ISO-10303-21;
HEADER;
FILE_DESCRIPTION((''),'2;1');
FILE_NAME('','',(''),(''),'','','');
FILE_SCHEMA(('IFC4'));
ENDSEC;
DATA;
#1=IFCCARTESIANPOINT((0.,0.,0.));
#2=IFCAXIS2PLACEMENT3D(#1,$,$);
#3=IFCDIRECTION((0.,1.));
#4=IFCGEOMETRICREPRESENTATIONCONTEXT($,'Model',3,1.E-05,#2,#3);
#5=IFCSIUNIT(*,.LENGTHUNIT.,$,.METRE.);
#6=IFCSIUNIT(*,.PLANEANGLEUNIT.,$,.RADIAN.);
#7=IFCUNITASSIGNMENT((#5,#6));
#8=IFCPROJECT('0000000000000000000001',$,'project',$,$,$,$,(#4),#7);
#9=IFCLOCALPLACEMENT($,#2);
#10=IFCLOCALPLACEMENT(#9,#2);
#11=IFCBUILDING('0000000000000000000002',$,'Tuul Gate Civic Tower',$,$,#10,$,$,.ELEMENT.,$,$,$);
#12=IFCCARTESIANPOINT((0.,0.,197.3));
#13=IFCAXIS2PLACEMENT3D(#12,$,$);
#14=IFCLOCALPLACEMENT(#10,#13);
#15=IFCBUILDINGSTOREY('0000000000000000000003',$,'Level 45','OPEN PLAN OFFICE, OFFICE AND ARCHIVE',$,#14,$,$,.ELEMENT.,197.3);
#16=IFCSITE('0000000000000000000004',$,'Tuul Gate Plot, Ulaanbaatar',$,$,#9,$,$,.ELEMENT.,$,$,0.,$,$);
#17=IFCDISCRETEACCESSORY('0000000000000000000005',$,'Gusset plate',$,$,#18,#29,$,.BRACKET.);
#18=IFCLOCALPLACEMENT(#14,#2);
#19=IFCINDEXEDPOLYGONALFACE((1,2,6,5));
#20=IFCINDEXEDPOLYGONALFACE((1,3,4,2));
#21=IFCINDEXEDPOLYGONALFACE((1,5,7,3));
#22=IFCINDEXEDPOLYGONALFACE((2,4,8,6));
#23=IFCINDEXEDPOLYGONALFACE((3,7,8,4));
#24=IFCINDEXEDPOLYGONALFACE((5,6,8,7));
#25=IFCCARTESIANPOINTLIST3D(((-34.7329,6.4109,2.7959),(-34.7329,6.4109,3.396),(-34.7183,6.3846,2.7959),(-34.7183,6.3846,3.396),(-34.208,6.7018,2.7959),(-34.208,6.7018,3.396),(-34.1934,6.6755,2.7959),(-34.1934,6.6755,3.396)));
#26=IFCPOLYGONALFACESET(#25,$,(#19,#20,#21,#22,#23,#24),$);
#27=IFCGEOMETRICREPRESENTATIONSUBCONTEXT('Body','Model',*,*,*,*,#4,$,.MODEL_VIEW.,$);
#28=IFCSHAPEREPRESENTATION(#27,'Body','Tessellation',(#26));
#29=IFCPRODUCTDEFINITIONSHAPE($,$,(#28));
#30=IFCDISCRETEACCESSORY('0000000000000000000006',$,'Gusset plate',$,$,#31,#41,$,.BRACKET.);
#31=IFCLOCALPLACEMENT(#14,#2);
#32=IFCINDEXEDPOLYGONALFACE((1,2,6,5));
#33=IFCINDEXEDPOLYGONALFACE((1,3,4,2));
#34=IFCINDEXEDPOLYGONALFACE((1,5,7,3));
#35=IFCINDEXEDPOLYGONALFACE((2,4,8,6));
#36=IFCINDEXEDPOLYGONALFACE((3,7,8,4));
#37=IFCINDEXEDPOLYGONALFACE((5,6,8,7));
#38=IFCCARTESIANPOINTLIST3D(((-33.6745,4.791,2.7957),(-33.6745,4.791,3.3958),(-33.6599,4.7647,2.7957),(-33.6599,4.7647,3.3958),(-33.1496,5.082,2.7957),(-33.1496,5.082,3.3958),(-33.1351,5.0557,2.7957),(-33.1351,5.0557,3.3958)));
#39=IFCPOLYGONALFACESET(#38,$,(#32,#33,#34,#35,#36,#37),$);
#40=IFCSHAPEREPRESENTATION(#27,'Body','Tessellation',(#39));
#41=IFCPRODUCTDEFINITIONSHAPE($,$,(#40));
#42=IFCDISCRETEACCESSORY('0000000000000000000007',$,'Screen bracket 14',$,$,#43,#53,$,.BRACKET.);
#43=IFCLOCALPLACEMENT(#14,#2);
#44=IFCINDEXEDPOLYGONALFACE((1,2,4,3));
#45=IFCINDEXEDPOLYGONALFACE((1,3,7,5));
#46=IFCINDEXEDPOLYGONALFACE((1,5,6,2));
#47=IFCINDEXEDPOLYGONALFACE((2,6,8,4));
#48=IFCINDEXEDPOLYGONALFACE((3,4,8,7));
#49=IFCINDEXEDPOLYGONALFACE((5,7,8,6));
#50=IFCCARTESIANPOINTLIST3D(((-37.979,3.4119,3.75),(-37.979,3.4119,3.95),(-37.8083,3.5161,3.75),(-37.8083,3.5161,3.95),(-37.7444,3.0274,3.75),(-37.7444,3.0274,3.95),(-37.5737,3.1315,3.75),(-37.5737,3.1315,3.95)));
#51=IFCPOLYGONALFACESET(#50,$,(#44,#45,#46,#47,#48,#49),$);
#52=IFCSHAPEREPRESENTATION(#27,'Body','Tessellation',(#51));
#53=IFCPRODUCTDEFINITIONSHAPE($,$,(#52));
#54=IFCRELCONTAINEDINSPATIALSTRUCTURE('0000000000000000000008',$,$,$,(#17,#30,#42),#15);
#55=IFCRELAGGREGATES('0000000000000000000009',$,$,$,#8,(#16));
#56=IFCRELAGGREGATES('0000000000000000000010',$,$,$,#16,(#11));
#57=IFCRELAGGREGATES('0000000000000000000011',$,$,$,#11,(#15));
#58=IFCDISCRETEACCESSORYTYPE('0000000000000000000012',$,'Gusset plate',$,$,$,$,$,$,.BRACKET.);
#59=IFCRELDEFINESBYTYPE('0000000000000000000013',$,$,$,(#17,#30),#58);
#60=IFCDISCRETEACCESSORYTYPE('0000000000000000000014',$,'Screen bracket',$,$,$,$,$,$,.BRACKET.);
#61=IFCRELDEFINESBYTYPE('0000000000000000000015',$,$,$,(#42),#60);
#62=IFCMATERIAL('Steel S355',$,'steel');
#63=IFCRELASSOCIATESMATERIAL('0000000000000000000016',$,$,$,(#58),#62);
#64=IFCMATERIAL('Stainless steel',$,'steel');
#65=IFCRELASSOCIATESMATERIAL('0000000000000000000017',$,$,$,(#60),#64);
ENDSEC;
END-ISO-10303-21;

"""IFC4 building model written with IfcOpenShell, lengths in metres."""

from ifc_helpers import new_model, si_unit, direction, frame, origin, origin_2d, place, context, subcontext, project, spatial, rectangle, extrude, material, type_object, element, save


model = new_model("IFC4")

# Units and contexts
model_context = context("Model", 3, precision=1e-05, world=origin(), true_north=direction((0.0, 1.0)))
body_context = subcontext(model_context, "Body", "Model", "MODEL_VIEW")
ifc_project = project(units=[si_unit("LENGTHUNIT", "METRE"), si_unit("PLANEANGLEUNIT", "RADIAN")], contexts=[model_context])

# Site, building, storey
site_placement = place(None, origin())
site = spatial("IfcSite", under=ifc_project, at=site_placement, Name="Tuul Gate Plot, Ulaanbaatar", CompositionType="ELEMENT", RefElevation=0.0)
building_placement = place(site_placement, origin())
building = spatial("IfcBuilding", under=site, at=building_placement, Name="Tuul Gate Civic Tower", CompositionType="ELEMENT")
storey_placement = place(building_placement, frame((0.0, 0.0, 197.3)))
storey = spatial("IfcBuildingStorey", under=building, at=storey_placement, Name="Level 45", Description="OPEN PLAN OFFICE, OFFICE AND ARCHIVE", CompositionType="ELEMENT", Elevation=197.3)

# Discrete accessories
ifc_material_1 = material(Name="Steel S355", Category="steel")
discrete_accessory_type_1 = type_object("IfcDiscreteAccessoryType", Name="Gusset plate", PredefinedType="BRACKET", material=ifc_material_1)
for number, where, z_axis, x_axis, name in (
    (1, (-34.4631, 6.5432, 2.7959), (0.0, 0.0, 1.0), (0.874647, 0.48476, 0.0), "Gusset plate"),
    (2, (-33.4048, 4.9233, 2.7957), (0.0, 0.0, 1.0), (0.874585, 0.484871, 0.0), "Gusset plate"),
):
    element("IfcDiscreteAccessory", number, at=place(storey_placement, frame(where, z_axis=z_axis, x_axis=x_axis)), inside=storey, type_object=discrete_accessory_type_1, Name=name, PredefinedType="BRACKET", context=body_context, shape_type="SweptSolid", body=[
        extrude(rectangle(XDim=0.6001, YDim=0.03, at=origin_2d()), origin(), (0.0, 0.0, 1.0), 0.6001),
    ])
ifc_material_2 = material(Name="Stainless steel", Category="steel")
discrete_accessory_type_2 = type_object("IfcDiscreteAccessoryType", Name="Screen bracket", PredefinedType="BRACKET", material=ifc_material_2)
discrete_accessory_placement = place(storey_placement, frame((-37.7764, 3.2717, 3.75), z_axis=(0.0, 0.0, 1.0), x_axis=(-0.520743, 0.853714, 0.0)))
element("IfcDiscreteAccessory", 3, at=discrete_accessory_placement, inside=storey, type_object=discrete_accessory_type_2, Name="Screen bracket 14", PredefinedType="BRACKET", context=body_context, shape_type="SweptSolid", body=[
    extrude(rectangle(XDim=0.4504, YDim=0.2, at=origin_2d()), origin(), (0.0, 0.0, 1.0), 0.2),
])

save(model, "model.ifc")
